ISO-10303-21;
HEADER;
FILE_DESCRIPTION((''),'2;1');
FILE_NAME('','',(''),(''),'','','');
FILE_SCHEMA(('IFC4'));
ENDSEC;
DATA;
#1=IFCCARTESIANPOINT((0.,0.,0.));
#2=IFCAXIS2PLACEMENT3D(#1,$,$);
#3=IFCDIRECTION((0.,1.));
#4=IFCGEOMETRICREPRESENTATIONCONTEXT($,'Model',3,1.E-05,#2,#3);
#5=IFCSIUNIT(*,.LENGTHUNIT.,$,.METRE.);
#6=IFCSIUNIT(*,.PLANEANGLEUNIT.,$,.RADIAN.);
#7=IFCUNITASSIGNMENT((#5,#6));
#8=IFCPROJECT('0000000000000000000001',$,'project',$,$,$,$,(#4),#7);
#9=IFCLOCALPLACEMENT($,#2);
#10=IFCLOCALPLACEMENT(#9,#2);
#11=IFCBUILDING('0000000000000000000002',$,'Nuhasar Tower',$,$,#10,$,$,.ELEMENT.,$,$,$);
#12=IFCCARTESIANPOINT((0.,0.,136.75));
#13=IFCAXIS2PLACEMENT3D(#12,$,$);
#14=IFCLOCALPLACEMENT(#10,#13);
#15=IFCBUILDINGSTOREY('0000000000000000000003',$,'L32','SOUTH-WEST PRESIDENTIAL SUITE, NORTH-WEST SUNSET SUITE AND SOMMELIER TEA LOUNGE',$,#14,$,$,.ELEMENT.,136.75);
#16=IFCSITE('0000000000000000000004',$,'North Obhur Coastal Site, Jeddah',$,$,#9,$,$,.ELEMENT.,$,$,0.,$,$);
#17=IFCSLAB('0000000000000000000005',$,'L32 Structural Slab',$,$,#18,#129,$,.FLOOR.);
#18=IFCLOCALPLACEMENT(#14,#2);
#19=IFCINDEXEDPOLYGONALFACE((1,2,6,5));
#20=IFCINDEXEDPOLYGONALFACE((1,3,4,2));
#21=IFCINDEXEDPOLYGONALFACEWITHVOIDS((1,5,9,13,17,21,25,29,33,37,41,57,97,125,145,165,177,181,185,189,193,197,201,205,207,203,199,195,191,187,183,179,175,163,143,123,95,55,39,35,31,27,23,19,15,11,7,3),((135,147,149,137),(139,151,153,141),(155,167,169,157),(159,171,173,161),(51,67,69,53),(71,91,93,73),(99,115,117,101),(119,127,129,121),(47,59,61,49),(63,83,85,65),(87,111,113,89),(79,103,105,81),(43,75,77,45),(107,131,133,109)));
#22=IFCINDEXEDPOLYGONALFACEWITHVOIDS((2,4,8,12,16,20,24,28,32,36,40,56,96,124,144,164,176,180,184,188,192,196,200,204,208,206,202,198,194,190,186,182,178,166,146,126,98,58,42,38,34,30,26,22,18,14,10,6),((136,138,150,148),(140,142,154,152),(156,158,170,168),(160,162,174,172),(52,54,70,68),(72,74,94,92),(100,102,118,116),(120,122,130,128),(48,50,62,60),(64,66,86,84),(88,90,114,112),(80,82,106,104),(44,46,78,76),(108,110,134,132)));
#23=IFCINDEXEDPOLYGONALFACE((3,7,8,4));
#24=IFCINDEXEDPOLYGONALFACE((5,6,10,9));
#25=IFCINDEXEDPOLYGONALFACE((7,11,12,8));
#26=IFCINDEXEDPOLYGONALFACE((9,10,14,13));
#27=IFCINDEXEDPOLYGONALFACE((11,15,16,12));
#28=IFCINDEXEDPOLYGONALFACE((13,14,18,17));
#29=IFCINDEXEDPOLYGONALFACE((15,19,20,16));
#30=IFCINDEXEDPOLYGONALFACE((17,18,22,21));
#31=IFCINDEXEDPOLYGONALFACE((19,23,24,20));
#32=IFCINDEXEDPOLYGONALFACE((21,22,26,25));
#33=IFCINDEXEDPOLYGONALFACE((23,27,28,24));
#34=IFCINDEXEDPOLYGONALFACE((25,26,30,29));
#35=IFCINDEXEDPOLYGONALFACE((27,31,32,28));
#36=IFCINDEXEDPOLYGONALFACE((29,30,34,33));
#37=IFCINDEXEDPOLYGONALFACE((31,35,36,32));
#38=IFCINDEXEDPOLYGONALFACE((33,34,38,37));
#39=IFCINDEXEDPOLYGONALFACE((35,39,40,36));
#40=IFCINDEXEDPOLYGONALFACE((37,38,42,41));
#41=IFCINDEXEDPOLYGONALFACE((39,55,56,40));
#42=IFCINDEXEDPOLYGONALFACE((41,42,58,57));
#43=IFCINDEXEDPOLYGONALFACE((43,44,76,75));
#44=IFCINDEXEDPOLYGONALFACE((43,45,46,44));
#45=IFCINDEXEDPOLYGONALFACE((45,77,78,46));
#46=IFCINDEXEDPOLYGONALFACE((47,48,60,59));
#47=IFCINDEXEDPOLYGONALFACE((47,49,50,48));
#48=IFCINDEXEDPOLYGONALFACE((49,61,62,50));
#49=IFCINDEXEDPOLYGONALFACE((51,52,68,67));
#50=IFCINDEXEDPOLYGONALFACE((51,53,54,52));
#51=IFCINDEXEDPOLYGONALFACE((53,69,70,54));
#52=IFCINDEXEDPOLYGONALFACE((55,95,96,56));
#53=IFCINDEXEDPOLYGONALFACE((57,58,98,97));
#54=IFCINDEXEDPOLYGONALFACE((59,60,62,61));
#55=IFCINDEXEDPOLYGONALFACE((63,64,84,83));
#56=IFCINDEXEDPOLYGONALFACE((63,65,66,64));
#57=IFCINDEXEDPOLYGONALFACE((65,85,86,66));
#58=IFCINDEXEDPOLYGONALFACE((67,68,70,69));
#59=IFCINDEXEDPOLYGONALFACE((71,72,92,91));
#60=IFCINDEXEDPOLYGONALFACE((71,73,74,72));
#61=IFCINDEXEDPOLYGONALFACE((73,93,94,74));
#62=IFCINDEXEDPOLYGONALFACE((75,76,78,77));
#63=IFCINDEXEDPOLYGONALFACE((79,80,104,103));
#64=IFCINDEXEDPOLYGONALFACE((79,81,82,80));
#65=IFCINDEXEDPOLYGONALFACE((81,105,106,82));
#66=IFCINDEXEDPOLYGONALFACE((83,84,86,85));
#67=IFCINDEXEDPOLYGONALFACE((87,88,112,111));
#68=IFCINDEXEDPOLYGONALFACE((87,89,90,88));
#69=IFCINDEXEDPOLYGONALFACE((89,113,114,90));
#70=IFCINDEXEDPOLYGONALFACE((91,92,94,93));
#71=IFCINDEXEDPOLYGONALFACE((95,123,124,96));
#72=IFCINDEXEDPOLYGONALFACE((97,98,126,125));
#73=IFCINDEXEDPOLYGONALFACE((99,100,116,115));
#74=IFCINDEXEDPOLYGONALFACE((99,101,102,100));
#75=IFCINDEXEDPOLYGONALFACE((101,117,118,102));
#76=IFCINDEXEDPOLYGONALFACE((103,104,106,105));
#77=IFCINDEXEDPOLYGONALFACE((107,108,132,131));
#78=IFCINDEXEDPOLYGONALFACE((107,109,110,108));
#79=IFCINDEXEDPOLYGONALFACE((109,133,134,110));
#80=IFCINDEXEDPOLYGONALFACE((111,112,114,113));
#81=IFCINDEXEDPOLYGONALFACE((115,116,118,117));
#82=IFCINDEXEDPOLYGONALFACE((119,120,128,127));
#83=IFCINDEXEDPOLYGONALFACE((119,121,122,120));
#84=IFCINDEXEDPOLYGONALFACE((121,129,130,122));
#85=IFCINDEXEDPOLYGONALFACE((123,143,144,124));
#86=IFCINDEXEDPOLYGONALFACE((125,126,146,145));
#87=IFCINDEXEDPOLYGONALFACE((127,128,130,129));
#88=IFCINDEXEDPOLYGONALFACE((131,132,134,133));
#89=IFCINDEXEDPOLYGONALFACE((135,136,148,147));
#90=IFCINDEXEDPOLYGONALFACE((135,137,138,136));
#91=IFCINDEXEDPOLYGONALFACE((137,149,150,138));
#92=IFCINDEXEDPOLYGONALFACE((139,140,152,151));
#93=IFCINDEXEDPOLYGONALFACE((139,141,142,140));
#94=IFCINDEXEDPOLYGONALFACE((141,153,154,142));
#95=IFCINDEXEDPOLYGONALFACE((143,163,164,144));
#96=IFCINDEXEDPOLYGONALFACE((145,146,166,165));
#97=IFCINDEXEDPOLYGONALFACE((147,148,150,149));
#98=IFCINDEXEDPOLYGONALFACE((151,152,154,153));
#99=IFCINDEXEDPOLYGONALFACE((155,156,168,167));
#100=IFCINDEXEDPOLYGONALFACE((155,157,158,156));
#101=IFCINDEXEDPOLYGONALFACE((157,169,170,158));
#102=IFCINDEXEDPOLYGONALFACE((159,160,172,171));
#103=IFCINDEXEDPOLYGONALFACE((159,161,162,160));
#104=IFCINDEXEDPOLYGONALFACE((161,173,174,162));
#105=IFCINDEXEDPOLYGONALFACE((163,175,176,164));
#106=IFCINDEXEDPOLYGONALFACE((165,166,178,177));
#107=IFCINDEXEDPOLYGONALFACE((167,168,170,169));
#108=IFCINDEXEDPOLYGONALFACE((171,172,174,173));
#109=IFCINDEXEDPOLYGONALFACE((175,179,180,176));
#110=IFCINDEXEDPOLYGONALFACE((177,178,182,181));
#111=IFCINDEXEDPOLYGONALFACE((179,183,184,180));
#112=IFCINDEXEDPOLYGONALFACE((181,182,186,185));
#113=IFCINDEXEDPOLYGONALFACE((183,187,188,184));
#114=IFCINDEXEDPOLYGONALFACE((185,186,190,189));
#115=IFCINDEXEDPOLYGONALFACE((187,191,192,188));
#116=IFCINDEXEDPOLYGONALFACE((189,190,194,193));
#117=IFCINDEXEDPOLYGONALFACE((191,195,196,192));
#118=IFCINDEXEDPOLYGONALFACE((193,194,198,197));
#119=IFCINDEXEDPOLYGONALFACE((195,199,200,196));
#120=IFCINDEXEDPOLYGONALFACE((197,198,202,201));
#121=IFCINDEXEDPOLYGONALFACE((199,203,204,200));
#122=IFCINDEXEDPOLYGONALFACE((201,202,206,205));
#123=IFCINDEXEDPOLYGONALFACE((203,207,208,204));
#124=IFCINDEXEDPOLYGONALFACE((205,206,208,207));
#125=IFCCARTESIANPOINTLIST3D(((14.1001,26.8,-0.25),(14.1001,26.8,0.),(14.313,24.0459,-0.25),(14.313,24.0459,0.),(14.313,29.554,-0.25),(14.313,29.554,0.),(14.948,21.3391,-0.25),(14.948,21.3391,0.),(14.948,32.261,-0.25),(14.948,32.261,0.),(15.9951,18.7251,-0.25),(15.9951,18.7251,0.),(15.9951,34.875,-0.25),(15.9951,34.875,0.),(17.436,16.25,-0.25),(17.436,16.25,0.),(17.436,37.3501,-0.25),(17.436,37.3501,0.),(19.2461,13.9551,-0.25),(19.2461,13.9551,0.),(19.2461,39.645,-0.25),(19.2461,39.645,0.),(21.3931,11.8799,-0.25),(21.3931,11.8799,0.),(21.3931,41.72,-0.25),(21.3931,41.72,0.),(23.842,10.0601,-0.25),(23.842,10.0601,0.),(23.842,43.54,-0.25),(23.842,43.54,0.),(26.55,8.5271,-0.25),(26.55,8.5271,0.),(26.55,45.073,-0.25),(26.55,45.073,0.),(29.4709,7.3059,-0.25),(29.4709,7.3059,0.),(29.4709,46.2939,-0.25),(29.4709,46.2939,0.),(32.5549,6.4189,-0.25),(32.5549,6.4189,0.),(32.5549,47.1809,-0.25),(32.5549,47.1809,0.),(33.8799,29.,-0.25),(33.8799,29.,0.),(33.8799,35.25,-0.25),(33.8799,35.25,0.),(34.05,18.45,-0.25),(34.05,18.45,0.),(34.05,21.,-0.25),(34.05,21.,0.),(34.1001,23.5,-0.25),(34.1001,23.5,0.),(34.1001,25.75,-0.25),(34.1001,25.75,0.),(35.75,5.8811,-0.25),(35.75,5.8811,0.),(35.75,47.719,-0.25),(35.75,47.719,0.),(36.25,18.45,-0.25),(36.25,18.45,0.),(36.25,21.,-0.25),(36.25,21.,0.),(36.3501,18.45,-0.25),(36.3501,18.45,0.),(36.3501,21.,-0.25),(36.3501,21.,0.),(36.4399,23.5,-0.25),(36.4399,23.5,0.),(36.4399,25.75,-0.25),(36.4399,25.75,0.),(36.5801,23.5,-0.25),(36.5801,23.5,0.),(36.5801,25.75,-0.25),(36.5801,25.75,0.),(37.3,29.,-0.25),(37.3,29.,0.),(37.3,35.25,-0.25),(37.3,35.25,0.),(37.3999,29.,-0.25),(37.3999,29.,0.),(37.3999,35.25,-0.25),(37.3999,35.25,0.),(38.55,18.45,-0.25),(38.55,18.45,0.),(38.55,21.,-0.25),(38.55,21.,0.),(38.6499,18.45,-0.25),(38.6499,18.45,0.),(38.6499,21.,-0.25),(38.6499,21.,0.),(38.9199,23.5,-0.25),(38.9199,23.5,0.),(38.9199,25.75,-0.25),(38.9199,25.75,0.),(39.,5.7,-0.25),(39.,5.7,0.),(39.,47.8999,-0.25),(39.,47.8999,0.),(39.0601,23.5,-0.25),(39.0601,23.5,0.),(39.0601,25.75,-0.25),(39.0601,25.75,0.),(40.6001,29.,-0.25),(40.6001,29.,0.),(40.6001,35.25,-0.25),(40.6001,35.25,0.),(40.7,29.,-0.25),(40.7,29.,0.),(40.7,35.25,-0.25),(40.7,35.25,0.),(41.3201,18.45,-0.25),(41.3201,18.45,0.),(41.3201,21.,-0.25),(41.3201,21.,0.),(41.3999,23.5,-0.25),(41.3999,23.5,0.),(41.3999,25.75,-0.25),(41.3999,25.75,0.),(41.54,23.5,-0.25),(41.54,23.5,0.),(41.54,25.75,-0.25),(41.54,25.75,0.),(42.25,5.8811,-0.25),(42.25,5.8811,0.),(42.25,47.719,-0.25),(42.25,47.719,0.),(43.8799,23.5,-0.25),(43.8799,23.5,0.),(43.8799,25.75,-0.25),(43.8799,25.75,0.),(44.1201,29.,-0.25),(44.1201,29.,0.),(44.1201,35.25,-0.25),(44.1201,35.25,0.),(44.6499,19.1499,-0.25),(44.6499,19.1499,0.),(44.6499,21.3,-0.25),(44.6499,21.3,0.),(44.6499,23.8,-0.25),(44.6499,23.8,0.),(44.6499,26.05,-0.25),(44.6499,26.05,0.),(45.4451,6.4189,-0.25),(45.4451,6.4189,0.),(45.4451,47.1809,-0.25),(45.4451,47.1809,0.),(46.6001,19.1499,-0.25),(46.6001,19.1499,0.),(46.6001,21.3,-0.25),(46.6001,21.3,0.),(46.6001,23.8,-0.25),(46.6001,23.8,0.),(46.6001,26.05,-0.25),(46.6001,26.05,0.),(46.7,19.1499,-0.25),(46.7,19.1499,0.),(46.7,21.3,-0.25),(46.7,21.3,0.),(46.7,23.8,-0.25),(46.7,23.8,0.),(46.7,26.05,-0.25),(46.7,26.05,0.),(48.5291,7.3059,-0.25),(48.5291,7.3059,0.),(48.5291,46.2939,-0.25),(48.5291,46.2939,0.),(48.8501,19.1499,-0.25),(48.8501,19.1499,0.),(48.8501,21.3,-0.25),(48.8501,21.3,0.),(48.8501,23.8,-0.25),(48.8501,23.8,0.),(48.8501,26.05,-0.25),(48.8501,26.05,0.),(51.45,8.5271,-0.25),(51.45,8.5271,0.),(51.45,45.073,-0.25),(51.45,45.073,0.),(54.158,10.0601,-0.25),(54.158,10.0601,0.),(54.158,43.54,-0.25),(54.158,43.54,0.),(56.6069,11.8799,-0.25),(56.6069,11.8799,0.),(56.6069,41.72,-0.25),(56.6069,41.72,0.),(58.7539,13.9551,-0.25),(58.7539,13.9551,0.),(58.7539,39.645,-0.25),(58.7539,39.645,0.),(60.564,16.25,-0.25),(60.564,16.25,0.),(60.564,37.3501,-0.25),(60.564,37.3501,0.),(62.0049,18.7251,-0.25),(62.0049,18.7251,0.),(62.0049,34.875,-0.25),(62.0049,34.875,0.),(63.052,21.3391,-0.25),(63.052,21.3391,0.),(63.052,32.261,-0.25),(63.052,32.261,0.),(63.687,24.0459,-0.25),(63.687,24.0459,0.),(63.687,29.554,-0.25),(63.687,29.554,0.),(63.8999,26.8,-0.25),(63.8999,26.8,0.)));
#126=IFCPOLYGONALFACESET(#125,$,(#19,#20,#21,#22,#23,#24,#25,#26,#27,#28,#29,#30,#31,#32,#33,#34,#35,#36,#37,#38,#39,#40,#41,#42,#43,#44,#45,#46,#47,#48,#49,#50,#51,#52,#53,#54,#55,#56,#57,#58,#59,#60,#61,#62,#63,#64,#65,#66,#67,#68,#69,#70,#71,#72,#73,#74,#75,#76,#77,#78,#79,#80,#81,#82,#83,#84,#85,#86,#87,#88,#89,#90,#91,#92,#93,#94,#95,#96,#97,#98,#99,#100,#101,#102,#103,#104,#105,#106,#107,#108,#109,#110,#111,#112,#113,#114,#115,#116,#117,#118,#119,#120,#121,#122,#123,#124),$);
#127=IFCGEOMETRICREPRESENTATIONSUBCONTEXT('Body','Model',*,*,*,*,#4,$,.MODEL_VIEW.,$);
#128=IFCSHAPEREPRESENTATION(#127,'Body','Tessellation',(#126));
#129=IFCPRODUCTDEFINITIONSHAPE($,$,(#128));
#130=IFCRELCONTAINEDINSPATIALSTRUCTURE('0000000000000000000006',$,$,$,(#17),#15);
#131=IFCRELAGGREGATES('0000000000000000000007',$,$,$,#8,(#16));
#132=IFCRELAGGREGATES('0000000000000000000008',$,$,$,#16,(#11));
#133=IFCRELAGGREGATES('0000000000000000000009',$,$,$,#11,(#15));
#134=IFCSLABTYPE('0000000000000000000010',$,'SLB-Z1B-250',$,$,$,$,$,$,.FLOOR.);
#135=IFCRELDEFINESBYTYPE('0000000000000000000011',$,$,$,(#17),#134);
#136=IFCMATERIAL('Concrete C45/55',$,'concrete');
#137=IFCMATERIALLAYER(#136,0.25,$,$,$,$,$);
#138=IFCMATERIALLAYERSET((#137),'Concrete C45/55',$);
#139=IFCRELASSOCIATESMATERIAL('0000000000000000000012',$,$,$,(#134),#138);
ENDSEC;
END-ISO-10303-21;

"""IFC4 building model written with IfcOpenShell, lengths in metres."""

from ifc_helpers import new_model, si_unit, direction, frame, origin, place, context, subcontext, project, spatial, polyline, outline, extrude, material, layer, layer_set, type_object, element, save


model = new_model("IFC4")

# Units and contexts
model_context = context("Model", 3, precision=1e-05, world=origin(), true_north=direction((0.0, 1.0)))
body_context = subcontext(model_context, "Body", "Model", "MODEL_VIEW")
ifc_project = project(units=[si_unit("LENGTHUNIT", "METRE"), si_unit("PLANEANGLEUNIT", "RADIAN")], contexts=[model_context])

# Site, building, storey
site_placement = place(None, origin())
site = spatial("IfcSite", under=ifc_project, at=site_placement, Name="North Obhur Coastal Site, Jeddah", CompositionType="ELEMENT", RefElevation=0.0)
building_placement = place(site_placement, origin())
building = spatial("IfcBuilding", under=site, at=building_placement, Name="Nuhasar Tower", CompositionType="ELEMENT")
storey_placement = place(building_placement, frame((0.0, 0.0, 136.75)))
storey = spatial("IfcBuildingStorey", under=building, at=storey_placement, Name="L32", Description="SOUTH-WEST PRESIDENTIAL SUITE, NORTH-WEST SUNSET SUITE AND SOMMELIER TEA LOUNGE", CompositionType="ELEMENT", Elevation=136.75)

# Shared definitions
ifc_material_1 = material(Name="Concrete C45/55", Category="concrete")

# Slab
ifc_layer_1 = layer(ifc_material_1, 0.25)
ifc_layer_set_1 = layer_set([ifc_layer_1], Name="Concrete C45/55")
slab_type_1 = type_object("IfcSlabType", Name="SLB-Z1B-250", PredefinedType="FLOOR", material=ifc_layer_set_1)
slab_1_placement = place(storey_placement, frame((0.0, 0.0, -0.25)))
element("IfcSlab", 1, at=slab_1_placement, inside=storey, type_object=slab_type_1, Name="L32 Structural Slab", PredefinedType="FLOOR", context=body_context, shape_type="SweptSolid", body=[
    extrude(outline(polyline([(63.8999, 26.8), (63.687, 29.554), (63.052, 32.261), (62.0049, 34.875), (60.564, 37.3501), (58.7539, 39.645), (56.6069, 41.72), (54.158, 43.54), (51.45, 45.073), (48.5291, 46.2939), (45.4451, 47.1809), (42.25, 47.719), (39.0, 47.8999), (35.75, 47.719), (32.5549, 47.1809), (29.4709, 46.2939), (26.55, 45.073), (23.842, 43.54), (21.3931, 41.72), (19.2461, 39.645), (17.436, 37.3501), (15.9951, 34.875), (14.948, 32.261), (14.313, 29.554), (14.1001, 26.8), (14.313, 24.0459), (14.948, 21.3391), (15.9951, 18.7251), (17.436, 16.25), (19.2461, 13.9551), (21.3931, 11.8799), (23.842, 10.0601), (26.55, 8.5271), (29.4709, 7.3059), (32.5549, 6.4189), (35.75, 5.8811), (39.0, 5.7), (42.25, 5.8811), (45.4451, 6.4189), (48.5291, 7.3059), (51.45, 8.5271), (54.158, 10.0601), (56.6069, 11.8799), (58.7539, 13.9551), (60.564, 16.25), (62.0049, 18.7251), (63.052, 21.3391), (63.687, 24.0459), (63.8999, 26.8)]), holes=[polyline([(33.8799, 35.25), (37.3, 35.25), (37.3, 29.0), (33.8799, 29.0), (33.8799, 35.25)]), polyline([(37.3999, 35.25), (40.6001, 35.25), (40.6001, 29.0), (37.3999, 29.0), (37.3999, 35.25)]), polyline([(40.7, 35.25), (44.1201, 35.25), (44.1201, 29.0), (40.7, 29.0), (40.7, 35.25)]), polyline([(44.6499, 26.05), (46.6001, 26.05), (46.6001, 23.8), (44.6499, 23.8), (44.6499, 26.05)]), polyline([(46.7, 26.05), (48.8501, 26.05), (48.8501, 23.8), (46.7, 23.8), (46.7, 26.05)]), polyline([(44.6499, 21.3), (46.6001, 21.3), (46.6001, 19.1499), (44.6499, 19.1499), (44.6499, 21.3)]), polyline([(46.7, 21.3), (48.8501, 21.3), (48.8501, 19.1499), (46.7, 19.1499), (46.7, 21.3)]), polyline([(34.1001, 25.75), (36.4399, 25.75), (36.4399, 23.5), (34.1001, 23.5), (34.1001, 25.75)]), polyline([(36.5801, 25.75), (38.9199, 25.75), (38.9199, 23.5), (36.5801, 23.5), (36.5801, 25.75)]), polyline([(39.0601, 25.75), (41.3999, 25.75), (41.3999, 23.5), (39.0601, 23.5), (39.0601, 25.75)]), polyline([(41.54, 25.75), (43.8799, 25.75), (43.8799, 23.5), (41.54, 23.5), (41.54, 25.75)]), polyline([(34.05, 21.0), (36.25, 21.0), (36.25, 18.45), (34.05, 18.45), (34.05, 21.0)]), polyline([(36.3501, 21.0), (38.55, 21.0), (38.55, 18.45), (36.3501, 18.45), (36.3501, 21.0)]), polyline([(38.6499, 21.0), (41.3201, 21.0), (41.3201, 18.45), (38.6499, 18.45), (38.6499, 21.0)])]), origin(), (0.0, 0.0, 1.0), 0.25),
])

save(model, "model.ifc")
